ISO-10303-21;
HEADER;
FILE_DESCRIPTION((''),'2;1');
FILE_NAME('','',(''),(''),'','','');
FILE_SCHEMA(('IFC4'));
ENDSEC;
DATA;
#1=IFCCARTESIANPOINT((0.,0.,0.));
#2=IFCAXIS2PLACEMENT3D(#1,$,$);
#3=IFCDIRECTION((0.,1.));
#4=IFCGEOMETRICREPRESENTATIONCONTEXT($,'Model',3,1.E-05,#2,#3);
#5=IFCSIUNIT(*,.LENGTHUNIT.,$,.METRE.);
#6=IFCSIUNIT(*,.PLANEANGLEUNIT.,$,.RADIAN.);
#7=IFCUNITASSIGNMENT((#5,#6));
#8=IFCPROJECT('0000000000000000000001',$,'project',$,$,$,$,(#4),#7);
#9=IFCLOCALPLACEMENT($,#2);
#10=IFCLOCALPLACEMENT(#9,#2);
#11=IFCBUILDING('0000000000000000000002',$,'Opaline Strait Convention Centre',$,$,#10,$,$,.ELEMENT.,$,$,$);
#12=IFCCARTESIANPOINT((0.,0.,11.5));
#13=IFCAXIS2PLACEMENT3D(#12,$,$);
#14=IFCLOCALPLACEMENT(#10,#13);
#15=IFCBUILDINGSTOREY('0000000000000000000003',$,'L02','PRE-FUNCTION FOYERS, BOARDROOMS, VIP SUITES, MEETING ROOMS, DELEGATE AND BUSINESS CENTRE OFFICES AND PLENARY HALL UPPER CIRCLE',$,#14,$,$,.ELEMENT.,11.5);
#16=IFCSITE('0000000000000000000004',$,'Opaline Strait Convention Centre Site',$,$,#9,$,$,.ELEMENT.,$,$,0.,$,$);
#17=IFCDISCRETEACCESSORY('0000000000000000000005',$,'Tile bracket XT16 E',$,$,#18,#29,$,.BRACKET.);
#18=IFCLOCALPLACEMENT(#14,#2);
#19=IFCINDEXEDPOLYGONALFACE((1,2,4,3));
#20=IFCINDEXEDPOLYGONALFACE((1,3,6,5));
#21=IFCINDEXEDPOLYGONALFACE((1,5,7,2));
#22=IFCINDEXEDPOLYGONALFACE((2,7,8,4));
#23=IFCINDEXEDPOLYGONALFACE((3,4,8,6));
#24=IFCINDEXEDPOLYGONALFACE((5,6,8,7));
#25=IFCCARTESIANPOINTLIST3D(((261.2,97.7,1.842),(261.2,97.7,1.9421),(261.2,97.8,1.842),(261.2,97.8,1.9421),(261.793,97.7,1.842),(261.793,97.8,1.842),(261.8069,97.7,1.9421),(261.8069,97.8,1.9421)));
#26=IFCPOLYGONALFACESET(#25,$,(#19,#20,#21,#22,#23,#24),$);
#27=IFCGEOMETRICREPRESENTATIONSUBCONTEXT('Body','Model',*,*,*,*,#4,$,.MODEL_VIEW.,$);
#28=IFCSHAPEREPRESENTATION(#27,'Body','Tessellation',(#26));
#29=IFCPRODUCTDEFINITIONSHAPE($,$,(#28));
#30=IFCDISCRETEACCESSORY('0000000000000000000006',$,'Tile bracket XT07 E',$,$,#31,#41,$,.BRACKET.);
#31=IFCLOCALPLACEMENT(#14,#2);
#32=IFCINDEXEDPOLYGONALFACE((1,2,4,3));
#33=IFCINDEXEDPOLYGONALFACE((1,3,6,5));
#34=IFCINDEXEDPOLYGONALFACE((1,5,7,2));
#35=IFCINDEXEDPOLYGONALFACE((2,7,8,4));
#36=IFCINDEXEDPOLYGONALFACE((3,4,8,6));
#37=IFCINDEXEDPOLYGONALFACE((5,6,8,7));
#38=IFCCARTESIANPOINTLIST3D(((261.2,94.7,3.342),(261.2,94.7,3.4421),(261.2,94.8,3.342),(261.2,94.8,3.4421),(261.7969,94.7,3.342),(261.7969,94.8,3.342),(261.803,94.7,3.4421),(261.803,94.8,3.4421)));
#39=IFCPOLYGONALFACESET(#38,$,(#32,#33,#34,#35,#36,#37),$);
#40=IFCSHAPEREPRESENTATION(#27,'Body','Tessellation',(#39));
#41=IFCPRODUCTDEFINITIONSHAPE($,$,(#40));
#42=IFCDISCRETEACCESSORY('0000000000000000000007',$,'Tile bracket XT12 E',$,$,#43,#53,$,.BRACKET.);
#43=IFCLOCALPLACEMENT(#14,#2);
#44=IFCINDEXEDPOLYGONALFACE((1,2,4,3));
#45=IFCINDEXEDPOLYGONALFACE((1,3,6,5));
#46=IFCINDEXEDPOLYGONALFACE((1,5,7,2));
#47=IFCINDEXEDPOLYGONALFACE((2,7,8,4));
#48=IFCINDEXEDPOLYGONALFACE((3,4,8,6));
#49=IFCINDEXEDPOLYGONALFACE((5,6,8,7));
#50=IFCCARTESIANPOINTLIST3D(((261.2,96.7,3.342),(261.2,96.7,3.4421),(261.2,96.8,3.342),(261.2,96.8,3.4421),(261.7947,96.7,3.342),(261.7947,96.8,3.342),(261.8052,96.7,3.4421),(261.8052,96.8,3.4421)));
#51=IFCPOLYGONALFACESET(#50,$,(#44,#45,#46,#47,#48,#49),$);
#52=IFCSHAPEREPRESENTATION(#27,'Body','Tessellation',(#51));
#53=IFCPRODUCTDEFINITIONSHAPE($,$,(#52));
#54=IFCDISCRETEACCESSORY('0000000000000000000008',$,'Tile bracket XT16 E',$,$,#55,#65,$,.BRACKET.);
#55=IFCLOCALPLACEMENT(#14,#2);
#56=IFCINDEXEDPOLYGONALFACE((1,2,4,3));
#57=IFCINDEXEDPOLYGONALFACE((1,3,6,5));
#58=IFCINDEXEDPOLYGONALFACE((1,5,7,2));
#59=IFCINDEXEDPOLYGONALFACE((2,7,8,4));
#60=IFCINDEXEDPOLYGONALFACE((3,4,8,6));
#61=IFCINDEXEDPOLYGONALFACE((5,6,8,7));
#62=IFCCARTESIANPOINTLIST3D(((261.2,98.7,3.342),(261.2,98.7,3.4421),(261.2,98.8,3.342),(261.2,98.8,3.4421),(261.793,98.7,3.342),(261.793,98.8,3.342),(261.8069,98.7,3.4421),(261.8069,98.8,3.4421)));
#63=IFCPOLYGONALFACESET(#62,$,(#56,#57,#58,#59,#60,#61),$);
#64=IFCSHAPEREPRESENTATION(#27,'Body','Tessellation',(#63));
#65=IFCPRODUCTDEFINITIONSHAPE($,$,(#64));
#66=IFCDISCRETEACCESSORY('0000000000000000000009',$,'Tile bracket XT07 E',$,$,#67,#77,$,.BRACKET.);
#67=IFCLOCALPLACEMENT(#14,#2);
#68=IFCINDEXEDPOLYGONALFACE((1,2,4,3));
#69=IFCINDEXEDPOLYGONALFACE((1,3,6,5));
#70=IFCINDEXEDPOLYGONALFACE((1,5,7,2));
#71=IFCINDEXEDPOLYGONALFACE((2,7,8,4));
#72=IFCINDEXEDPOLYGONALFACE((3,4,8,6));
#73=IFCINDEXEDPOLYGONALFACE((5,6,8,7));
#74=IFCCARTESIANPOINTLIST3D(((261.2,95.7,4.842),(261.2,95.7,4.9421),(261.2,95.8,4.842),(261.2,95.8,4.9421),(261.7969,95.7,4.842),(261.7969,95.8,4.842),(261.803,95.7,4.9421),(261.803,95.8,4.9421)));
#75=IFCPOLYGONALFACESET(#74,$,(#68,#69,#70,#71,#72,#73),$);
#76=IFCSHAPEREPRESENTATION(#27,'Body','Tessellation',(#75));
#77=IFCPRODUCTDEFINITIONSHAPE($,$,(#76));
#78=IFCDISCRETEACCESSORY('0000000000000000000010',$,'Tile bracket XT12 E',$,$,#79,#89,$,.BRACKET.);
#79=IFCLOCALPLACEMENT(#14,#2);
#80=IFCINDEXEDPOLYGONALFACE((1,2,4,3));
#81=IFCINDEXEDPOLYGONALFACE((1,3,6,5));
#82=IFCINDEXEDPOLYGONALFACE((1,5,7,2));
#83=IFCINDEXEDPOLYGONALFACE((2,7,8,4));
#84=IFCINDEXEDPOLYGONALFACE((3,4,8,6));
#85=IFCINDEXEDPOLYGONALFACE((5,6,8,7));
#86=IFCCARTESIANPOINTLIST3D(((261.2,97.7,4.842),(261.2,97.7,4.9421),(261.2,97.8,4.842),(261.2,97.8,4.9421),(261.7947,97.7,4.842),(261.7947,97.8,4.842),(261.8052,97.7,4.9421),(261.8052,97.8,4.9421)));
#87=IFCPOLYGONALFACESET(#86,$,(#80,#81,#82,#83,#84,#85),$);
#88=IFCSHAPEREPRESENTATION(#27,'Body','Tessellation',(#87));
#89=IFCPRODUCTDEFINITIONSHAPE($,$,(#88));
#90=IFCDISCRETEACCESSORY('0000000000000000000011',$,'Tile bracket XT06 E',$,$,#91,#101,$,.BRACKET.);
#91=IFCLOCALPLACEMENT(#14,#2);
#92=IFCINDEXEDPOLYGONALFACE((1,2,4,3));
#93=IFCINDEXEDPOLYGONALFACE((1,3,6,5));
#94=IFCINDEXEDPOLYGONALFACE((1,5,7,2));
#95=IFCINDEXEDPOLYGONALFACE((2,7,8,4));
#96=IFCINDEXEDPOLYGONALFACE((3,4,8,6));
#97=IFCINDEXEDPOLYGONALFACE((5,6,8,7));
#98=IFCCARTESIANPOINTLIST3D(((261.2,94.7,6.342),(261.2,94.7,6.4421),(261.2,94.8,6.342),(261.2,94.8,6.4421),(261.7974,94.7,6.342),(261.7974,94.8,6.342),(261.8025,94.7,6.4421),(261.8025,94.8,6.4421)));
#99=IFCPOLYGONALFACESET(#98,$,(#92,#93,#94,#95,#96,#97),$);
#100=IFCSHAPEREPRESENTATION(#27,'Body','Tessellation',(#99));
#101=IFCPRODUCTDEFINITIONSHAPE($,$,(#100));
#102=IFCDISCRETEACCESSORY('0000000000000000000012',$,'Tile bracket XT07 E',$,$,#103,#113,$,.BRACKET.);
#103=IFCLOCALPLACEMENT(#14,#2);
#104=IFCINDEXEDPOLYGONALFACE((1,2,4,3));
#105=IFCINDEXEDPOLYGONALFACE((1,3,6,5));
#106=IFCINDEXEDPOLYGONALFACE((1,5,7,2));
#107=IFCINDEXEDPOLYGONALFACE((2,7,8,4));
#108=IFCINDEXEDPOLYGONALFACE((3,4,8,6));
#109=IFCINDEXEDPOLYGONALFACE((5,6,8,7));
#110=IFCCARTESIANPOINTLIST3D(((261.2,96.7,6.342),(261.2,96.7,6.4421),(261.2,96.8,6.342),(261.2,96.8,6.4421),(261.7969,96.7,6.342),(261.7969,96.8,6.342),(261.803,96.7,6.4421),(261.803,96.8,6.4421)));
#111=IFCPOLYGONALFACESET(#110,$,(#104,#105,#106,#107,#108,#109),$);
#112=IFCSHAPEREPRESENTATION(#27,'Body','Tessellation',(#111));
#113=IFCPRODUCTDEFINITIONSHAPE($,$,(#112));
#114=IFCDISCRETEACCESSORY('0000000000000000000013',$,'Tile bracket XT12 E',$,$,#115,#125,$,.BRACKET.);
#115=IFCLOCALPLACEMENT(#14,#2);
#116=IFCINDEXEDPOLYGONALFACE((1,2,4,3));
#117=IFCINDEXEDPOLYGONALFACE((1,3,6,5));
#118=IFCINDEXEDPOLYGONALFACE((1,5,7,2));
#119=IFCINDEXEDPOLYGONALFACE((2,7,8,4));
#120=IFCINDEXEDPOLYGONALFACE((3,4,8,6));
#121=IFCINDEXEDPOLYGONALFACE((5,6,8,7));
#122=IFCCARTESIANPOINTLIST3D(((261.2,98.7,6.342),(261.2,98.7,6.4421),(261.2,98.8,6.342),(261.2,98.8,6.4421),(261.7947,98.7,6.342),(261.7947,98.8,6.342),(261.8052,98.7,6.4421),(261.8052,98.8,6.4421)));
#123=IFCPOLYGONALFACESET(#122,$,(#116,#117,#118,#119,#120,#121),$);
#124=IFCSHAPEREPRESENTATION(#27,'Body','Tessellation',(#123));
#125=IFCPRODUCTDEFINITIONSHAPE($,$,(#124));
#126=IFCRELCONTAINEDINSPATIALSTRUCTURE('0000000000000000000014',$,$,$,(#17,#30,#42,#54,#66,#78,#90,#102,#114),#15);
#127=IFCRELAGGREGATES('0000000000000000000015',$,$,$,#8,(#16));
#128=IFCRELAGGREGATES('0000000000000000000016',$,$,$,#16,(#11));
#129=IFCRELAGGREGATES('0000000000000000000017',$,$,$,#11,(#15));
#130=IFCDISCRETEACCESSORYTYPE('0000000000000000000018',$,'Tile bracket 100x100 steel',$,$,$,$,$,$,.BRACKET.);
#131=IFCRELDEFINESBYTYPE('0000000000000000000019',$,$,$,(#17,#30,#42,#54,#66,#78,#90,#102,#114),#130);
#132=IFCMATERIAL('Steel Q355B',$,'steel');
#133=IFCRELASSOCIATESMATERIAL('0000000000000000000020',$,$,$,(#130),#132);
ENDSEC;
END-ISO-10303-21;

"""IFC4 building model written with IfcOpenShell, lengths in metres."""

from ifc_helpers import new_model, si_unit, direction, frame, origin, place, context, subcontext, project, spatial, polyline, outline, extrude, material, type_object, element, save


model = new_model("IFC4")

# Units and contexts
model_context = context("Model", 3, precision=1e-05, world=origin(), true_north=direction((0.0, 1.0)))
body_context = subcontext(model_context, "Body", "Model", "MODEL_VIEW")
ifc_project = project(units=[si_unit("LENGTHUNIT", "METRE"), si_unit("PLANEANGLEUNIT", "RADIAN")], contexts=[model_context])

# Site, building, storey
site_placement = place(None, origin())
site = spatial("IfcSite", under=ifc_project, at=site_placement, Name="Opaline Strait Convention Centre Site", CompositionType="ELEMENT", RefElevation=0.0)
building_placement = place(site_placement, origin())
building = spatial("IfcBuilding", under=site, at=building_placement, Name="Opaline Strait Convention Centre", CompositionType="ELEMENT")
storey_placement = place(building_placement, frame((0.0, 0.0, 11.5)))
storey = spatial("IfcBuildingStorey", under=building, at=storey_placement, Name="L02", Description="PRE-FUNCTION FOYERS, BOARDROOMS, VIP SUITES, MEETING ROOMS, DELEGATE AND BUSINESS CENTRE OFFICES AND PLENARY HALL UPPER CIRCLE", CompositionType="ELEMENT", Elevation=11.5)

# Discrete accessories
ifc_material_1 = material(Name="Steel Q355B", Category="steel")
discrete_accessory_type = type_object("IfcDiscreteAccessoryType", Name="Tile bracket 100x100 steel", PredefinedType="BRACKET", material=ifc_material_1)
discrete_accessory_1_placement = place(storey_placement, frame((261.2, 97.7, 1.8921), z_axis=(0.0, 1.0, 0.0), x_axis=(-1.0, 0.0, 0.0)))
element("IfcDiscreteAccessory", 1, at=discrete_accessory_1_placement, inside=storey, type_object=discrete_accessory_type, Name="Tile bracket XT16 E", PredefinedType="BRACKET", context=body_context, shape_type="SweptSolid", body=[
    extrude(outline(polyline([(0.0, -0.05), (0.0, 0.05), (-0.6069, 0.05), (-0.593, -0.05), (0.0, -0.05)])), origin(), (0.0, 0.0, 1.0), 0.1001),
])
discrete_accessory_2_placement = place(storey_placement, frame((261.2, 94.7, 3.3921), z_axis=(0.0, 1.0, 0.0), x_axis=(-1.0, 0.0, 0.0)))
element("IfcDiscreteAccessory", 2, at=discrete_accessory_2_placement, inside=storey, type_object=discrete_accessory_type, Name="Tile bracket XT07 E", PredefinedType="BRACKET", context=body_context, shape_type="SweptSolid", body=[
    extrude(outline(polyline([(0.0, -0.05), (0.0, 0.05), (-0.603, 0.05), (-0.5969, -0.05), (0.0, -0.05)])), origin(), (0.0, 0.0, 1.0), 0.1001),
])
discrete_accessory_3_placement = place(storey_placement, frame((261.2, 96.7, 3.3921), z_axis=(0.0, 1.0, 0.0), x_axis=(-1.0, 0.0, 0.0)))
element("IfcDiscreteAccessory", 3, at=discrete_accessory_3_placement, inside=storey, type_object=discrete_accessory_type, Name="Tile bracket XT12 E", PredefinedType="BRACKET", context=body_context, shape_type="SweptSolid", body=[
    extrude(outline(polyline([(0.0, -0.05), (0.0, 0.05), (-0.6052, 0.05), (-0.5947, -0.05), (0.0, -0.05)])), origin(), (0.0, 0.0, 1.0), 0.1001),
])
discrete_accessory_4_placement = place(storey_placement, frame((261.2, 98.7, 3.3921), z_axis=(0.0, 1.0, 0.0), x_axis=(-1.0, 0.0, 0.0)))
element("IfcDiscreteAccessory", 4, at=discrete_accessory_4_placement, inside=storey, type_object=discrete_accessory_type, Name="Tile bracket XT16 E", PredefinedType="BRACKET", context=body_context, shape_type="SweptSolid", body=[
    extrude(outline(polyline([(0.0, -0.05), (0.0, 0.05), (-0.6069, 0.05), (-0.593, -0.05), (0.0, -0.05)])), origin(), (0.0, 0.0, 1.0), 0.1001),
])
discrete_accessory_5_placement = place(storey_placement, frame((261.2, 95.7, 4.8921), z_axis=(0.0, 1.0, 0.0), x_axis=(-1.0, 0.0, 0.0)))
element("IfcDiscreteAccessory", 5, at=discrete_accessory_5_placement, inside=storey, type_object=discrete_accessory_type, Name="Tile bracket XT07 E", PredefinedType="BRACKET", context=body_context, shape_type="SweptSolid", body=[
    extrude(outline(polyline([(0.0, -0.05), (0.0, 0.05), (-0.603, 0.05), (-0.5969, -0.05), (0.0, -0.05)])), origin(), (0.0, 0.0, 1.0), 0.1001),
])
discrete_accessory_6_placement = place(storey_placement, frame((261.2, 97.7, 4.8921), z_axis=(0.0, 1.0, 0.0), x_axis=(-1.0, 0.0, 0.0)))
element("IfcDiscreteAccessory", 6, at=discrete_accessory_6_placement, inside=storey, type_object=discrete_accessory_type, Name="Tile bracket XT12 E", PredefinedType="BRACKET", context=body_context, shape_type="SweptSolid", body=[
    extrude(outline(polyline([(0.0, -0.05), (0.0, 0.05), (-0.6052, 0.05), (-0.5947, -0.05), (0.0, -0.05)])), origin(), (0.0, 0.0, 1.0), 0.1001),
])
discrete_accessory_7_placement = place(storey_placement, frame((261.2, 94.7, 6.3921), z_axis=(0.0, 1.0, 0.0), x_axis=(-1.0, 0.0, 0.0)))
element("IfcDiscreteAccessory", 7, at=discrete_accessory_7_placement, inside=storey, type_object=discrete_accessory_type, Name="Tile bracket XT06 E", PredefinedType="BRACKET", context=body_context, shape_type="SweptSolid", body=[
    extrude(outline(polyline([(0.0, -0.05), (0.0, 0.05), (-0.6025, 0.05), (-0.5974, -0.05), (0.0, -0.05)])), origin(), (0.0, 0.0, 1.0), 0.1001),
])
discrete_accessory_8_placement = place(storey_placement, frame((261.2, 96.7, 6.3921), z_axis=(0.0, 1.0, 0.0), x_axis=(-1.0, 0.0, 0.0)))
element("IfcDiscreteAccessory", 8, at=discrete_accessory_8_placement, inside=storey, type_object=discrete_accessory_type, Name="Tile bracket XT07 E", PredefinedType="BRACKET", context=body_context, shape_type="SweptSolid", body=[
    extrude(outline(polyline([(0.0, -0.05), (0.0, 0.05), (-0.603, 0.05), (-0.5969, -0.05), (0.0, -0.05)])), origin(), (0.0, 0.0, 1.0), 0.1001),
])
discrete_accessory_9_placement = place(storey_placement, frame((261.2, 98.7, 6.3921), z_axis=(0.0, 1.0, 0.0), x_axis=(-1.0, 0.0, 0.0)))
element("IfcDiscreteAccessory", 9, at=discrete_accessory_9_placement, inside=storey, type_object=discrete_accessory_type, Name="Tile bracket XT12 E", PredefinedType="BRACKET", context=body_context, shape_type="SweptSolid", body=[
    extrude(outline(polyline([(0.0, -0.05), (0.0, 0.05), (-0.6052, 0.05), (-0.5947, -0.05), (0.0, -0.05)])), origin(), (0.0, 0.0, 1.0), 0.1001),
])

save(model, "model.ifc")
